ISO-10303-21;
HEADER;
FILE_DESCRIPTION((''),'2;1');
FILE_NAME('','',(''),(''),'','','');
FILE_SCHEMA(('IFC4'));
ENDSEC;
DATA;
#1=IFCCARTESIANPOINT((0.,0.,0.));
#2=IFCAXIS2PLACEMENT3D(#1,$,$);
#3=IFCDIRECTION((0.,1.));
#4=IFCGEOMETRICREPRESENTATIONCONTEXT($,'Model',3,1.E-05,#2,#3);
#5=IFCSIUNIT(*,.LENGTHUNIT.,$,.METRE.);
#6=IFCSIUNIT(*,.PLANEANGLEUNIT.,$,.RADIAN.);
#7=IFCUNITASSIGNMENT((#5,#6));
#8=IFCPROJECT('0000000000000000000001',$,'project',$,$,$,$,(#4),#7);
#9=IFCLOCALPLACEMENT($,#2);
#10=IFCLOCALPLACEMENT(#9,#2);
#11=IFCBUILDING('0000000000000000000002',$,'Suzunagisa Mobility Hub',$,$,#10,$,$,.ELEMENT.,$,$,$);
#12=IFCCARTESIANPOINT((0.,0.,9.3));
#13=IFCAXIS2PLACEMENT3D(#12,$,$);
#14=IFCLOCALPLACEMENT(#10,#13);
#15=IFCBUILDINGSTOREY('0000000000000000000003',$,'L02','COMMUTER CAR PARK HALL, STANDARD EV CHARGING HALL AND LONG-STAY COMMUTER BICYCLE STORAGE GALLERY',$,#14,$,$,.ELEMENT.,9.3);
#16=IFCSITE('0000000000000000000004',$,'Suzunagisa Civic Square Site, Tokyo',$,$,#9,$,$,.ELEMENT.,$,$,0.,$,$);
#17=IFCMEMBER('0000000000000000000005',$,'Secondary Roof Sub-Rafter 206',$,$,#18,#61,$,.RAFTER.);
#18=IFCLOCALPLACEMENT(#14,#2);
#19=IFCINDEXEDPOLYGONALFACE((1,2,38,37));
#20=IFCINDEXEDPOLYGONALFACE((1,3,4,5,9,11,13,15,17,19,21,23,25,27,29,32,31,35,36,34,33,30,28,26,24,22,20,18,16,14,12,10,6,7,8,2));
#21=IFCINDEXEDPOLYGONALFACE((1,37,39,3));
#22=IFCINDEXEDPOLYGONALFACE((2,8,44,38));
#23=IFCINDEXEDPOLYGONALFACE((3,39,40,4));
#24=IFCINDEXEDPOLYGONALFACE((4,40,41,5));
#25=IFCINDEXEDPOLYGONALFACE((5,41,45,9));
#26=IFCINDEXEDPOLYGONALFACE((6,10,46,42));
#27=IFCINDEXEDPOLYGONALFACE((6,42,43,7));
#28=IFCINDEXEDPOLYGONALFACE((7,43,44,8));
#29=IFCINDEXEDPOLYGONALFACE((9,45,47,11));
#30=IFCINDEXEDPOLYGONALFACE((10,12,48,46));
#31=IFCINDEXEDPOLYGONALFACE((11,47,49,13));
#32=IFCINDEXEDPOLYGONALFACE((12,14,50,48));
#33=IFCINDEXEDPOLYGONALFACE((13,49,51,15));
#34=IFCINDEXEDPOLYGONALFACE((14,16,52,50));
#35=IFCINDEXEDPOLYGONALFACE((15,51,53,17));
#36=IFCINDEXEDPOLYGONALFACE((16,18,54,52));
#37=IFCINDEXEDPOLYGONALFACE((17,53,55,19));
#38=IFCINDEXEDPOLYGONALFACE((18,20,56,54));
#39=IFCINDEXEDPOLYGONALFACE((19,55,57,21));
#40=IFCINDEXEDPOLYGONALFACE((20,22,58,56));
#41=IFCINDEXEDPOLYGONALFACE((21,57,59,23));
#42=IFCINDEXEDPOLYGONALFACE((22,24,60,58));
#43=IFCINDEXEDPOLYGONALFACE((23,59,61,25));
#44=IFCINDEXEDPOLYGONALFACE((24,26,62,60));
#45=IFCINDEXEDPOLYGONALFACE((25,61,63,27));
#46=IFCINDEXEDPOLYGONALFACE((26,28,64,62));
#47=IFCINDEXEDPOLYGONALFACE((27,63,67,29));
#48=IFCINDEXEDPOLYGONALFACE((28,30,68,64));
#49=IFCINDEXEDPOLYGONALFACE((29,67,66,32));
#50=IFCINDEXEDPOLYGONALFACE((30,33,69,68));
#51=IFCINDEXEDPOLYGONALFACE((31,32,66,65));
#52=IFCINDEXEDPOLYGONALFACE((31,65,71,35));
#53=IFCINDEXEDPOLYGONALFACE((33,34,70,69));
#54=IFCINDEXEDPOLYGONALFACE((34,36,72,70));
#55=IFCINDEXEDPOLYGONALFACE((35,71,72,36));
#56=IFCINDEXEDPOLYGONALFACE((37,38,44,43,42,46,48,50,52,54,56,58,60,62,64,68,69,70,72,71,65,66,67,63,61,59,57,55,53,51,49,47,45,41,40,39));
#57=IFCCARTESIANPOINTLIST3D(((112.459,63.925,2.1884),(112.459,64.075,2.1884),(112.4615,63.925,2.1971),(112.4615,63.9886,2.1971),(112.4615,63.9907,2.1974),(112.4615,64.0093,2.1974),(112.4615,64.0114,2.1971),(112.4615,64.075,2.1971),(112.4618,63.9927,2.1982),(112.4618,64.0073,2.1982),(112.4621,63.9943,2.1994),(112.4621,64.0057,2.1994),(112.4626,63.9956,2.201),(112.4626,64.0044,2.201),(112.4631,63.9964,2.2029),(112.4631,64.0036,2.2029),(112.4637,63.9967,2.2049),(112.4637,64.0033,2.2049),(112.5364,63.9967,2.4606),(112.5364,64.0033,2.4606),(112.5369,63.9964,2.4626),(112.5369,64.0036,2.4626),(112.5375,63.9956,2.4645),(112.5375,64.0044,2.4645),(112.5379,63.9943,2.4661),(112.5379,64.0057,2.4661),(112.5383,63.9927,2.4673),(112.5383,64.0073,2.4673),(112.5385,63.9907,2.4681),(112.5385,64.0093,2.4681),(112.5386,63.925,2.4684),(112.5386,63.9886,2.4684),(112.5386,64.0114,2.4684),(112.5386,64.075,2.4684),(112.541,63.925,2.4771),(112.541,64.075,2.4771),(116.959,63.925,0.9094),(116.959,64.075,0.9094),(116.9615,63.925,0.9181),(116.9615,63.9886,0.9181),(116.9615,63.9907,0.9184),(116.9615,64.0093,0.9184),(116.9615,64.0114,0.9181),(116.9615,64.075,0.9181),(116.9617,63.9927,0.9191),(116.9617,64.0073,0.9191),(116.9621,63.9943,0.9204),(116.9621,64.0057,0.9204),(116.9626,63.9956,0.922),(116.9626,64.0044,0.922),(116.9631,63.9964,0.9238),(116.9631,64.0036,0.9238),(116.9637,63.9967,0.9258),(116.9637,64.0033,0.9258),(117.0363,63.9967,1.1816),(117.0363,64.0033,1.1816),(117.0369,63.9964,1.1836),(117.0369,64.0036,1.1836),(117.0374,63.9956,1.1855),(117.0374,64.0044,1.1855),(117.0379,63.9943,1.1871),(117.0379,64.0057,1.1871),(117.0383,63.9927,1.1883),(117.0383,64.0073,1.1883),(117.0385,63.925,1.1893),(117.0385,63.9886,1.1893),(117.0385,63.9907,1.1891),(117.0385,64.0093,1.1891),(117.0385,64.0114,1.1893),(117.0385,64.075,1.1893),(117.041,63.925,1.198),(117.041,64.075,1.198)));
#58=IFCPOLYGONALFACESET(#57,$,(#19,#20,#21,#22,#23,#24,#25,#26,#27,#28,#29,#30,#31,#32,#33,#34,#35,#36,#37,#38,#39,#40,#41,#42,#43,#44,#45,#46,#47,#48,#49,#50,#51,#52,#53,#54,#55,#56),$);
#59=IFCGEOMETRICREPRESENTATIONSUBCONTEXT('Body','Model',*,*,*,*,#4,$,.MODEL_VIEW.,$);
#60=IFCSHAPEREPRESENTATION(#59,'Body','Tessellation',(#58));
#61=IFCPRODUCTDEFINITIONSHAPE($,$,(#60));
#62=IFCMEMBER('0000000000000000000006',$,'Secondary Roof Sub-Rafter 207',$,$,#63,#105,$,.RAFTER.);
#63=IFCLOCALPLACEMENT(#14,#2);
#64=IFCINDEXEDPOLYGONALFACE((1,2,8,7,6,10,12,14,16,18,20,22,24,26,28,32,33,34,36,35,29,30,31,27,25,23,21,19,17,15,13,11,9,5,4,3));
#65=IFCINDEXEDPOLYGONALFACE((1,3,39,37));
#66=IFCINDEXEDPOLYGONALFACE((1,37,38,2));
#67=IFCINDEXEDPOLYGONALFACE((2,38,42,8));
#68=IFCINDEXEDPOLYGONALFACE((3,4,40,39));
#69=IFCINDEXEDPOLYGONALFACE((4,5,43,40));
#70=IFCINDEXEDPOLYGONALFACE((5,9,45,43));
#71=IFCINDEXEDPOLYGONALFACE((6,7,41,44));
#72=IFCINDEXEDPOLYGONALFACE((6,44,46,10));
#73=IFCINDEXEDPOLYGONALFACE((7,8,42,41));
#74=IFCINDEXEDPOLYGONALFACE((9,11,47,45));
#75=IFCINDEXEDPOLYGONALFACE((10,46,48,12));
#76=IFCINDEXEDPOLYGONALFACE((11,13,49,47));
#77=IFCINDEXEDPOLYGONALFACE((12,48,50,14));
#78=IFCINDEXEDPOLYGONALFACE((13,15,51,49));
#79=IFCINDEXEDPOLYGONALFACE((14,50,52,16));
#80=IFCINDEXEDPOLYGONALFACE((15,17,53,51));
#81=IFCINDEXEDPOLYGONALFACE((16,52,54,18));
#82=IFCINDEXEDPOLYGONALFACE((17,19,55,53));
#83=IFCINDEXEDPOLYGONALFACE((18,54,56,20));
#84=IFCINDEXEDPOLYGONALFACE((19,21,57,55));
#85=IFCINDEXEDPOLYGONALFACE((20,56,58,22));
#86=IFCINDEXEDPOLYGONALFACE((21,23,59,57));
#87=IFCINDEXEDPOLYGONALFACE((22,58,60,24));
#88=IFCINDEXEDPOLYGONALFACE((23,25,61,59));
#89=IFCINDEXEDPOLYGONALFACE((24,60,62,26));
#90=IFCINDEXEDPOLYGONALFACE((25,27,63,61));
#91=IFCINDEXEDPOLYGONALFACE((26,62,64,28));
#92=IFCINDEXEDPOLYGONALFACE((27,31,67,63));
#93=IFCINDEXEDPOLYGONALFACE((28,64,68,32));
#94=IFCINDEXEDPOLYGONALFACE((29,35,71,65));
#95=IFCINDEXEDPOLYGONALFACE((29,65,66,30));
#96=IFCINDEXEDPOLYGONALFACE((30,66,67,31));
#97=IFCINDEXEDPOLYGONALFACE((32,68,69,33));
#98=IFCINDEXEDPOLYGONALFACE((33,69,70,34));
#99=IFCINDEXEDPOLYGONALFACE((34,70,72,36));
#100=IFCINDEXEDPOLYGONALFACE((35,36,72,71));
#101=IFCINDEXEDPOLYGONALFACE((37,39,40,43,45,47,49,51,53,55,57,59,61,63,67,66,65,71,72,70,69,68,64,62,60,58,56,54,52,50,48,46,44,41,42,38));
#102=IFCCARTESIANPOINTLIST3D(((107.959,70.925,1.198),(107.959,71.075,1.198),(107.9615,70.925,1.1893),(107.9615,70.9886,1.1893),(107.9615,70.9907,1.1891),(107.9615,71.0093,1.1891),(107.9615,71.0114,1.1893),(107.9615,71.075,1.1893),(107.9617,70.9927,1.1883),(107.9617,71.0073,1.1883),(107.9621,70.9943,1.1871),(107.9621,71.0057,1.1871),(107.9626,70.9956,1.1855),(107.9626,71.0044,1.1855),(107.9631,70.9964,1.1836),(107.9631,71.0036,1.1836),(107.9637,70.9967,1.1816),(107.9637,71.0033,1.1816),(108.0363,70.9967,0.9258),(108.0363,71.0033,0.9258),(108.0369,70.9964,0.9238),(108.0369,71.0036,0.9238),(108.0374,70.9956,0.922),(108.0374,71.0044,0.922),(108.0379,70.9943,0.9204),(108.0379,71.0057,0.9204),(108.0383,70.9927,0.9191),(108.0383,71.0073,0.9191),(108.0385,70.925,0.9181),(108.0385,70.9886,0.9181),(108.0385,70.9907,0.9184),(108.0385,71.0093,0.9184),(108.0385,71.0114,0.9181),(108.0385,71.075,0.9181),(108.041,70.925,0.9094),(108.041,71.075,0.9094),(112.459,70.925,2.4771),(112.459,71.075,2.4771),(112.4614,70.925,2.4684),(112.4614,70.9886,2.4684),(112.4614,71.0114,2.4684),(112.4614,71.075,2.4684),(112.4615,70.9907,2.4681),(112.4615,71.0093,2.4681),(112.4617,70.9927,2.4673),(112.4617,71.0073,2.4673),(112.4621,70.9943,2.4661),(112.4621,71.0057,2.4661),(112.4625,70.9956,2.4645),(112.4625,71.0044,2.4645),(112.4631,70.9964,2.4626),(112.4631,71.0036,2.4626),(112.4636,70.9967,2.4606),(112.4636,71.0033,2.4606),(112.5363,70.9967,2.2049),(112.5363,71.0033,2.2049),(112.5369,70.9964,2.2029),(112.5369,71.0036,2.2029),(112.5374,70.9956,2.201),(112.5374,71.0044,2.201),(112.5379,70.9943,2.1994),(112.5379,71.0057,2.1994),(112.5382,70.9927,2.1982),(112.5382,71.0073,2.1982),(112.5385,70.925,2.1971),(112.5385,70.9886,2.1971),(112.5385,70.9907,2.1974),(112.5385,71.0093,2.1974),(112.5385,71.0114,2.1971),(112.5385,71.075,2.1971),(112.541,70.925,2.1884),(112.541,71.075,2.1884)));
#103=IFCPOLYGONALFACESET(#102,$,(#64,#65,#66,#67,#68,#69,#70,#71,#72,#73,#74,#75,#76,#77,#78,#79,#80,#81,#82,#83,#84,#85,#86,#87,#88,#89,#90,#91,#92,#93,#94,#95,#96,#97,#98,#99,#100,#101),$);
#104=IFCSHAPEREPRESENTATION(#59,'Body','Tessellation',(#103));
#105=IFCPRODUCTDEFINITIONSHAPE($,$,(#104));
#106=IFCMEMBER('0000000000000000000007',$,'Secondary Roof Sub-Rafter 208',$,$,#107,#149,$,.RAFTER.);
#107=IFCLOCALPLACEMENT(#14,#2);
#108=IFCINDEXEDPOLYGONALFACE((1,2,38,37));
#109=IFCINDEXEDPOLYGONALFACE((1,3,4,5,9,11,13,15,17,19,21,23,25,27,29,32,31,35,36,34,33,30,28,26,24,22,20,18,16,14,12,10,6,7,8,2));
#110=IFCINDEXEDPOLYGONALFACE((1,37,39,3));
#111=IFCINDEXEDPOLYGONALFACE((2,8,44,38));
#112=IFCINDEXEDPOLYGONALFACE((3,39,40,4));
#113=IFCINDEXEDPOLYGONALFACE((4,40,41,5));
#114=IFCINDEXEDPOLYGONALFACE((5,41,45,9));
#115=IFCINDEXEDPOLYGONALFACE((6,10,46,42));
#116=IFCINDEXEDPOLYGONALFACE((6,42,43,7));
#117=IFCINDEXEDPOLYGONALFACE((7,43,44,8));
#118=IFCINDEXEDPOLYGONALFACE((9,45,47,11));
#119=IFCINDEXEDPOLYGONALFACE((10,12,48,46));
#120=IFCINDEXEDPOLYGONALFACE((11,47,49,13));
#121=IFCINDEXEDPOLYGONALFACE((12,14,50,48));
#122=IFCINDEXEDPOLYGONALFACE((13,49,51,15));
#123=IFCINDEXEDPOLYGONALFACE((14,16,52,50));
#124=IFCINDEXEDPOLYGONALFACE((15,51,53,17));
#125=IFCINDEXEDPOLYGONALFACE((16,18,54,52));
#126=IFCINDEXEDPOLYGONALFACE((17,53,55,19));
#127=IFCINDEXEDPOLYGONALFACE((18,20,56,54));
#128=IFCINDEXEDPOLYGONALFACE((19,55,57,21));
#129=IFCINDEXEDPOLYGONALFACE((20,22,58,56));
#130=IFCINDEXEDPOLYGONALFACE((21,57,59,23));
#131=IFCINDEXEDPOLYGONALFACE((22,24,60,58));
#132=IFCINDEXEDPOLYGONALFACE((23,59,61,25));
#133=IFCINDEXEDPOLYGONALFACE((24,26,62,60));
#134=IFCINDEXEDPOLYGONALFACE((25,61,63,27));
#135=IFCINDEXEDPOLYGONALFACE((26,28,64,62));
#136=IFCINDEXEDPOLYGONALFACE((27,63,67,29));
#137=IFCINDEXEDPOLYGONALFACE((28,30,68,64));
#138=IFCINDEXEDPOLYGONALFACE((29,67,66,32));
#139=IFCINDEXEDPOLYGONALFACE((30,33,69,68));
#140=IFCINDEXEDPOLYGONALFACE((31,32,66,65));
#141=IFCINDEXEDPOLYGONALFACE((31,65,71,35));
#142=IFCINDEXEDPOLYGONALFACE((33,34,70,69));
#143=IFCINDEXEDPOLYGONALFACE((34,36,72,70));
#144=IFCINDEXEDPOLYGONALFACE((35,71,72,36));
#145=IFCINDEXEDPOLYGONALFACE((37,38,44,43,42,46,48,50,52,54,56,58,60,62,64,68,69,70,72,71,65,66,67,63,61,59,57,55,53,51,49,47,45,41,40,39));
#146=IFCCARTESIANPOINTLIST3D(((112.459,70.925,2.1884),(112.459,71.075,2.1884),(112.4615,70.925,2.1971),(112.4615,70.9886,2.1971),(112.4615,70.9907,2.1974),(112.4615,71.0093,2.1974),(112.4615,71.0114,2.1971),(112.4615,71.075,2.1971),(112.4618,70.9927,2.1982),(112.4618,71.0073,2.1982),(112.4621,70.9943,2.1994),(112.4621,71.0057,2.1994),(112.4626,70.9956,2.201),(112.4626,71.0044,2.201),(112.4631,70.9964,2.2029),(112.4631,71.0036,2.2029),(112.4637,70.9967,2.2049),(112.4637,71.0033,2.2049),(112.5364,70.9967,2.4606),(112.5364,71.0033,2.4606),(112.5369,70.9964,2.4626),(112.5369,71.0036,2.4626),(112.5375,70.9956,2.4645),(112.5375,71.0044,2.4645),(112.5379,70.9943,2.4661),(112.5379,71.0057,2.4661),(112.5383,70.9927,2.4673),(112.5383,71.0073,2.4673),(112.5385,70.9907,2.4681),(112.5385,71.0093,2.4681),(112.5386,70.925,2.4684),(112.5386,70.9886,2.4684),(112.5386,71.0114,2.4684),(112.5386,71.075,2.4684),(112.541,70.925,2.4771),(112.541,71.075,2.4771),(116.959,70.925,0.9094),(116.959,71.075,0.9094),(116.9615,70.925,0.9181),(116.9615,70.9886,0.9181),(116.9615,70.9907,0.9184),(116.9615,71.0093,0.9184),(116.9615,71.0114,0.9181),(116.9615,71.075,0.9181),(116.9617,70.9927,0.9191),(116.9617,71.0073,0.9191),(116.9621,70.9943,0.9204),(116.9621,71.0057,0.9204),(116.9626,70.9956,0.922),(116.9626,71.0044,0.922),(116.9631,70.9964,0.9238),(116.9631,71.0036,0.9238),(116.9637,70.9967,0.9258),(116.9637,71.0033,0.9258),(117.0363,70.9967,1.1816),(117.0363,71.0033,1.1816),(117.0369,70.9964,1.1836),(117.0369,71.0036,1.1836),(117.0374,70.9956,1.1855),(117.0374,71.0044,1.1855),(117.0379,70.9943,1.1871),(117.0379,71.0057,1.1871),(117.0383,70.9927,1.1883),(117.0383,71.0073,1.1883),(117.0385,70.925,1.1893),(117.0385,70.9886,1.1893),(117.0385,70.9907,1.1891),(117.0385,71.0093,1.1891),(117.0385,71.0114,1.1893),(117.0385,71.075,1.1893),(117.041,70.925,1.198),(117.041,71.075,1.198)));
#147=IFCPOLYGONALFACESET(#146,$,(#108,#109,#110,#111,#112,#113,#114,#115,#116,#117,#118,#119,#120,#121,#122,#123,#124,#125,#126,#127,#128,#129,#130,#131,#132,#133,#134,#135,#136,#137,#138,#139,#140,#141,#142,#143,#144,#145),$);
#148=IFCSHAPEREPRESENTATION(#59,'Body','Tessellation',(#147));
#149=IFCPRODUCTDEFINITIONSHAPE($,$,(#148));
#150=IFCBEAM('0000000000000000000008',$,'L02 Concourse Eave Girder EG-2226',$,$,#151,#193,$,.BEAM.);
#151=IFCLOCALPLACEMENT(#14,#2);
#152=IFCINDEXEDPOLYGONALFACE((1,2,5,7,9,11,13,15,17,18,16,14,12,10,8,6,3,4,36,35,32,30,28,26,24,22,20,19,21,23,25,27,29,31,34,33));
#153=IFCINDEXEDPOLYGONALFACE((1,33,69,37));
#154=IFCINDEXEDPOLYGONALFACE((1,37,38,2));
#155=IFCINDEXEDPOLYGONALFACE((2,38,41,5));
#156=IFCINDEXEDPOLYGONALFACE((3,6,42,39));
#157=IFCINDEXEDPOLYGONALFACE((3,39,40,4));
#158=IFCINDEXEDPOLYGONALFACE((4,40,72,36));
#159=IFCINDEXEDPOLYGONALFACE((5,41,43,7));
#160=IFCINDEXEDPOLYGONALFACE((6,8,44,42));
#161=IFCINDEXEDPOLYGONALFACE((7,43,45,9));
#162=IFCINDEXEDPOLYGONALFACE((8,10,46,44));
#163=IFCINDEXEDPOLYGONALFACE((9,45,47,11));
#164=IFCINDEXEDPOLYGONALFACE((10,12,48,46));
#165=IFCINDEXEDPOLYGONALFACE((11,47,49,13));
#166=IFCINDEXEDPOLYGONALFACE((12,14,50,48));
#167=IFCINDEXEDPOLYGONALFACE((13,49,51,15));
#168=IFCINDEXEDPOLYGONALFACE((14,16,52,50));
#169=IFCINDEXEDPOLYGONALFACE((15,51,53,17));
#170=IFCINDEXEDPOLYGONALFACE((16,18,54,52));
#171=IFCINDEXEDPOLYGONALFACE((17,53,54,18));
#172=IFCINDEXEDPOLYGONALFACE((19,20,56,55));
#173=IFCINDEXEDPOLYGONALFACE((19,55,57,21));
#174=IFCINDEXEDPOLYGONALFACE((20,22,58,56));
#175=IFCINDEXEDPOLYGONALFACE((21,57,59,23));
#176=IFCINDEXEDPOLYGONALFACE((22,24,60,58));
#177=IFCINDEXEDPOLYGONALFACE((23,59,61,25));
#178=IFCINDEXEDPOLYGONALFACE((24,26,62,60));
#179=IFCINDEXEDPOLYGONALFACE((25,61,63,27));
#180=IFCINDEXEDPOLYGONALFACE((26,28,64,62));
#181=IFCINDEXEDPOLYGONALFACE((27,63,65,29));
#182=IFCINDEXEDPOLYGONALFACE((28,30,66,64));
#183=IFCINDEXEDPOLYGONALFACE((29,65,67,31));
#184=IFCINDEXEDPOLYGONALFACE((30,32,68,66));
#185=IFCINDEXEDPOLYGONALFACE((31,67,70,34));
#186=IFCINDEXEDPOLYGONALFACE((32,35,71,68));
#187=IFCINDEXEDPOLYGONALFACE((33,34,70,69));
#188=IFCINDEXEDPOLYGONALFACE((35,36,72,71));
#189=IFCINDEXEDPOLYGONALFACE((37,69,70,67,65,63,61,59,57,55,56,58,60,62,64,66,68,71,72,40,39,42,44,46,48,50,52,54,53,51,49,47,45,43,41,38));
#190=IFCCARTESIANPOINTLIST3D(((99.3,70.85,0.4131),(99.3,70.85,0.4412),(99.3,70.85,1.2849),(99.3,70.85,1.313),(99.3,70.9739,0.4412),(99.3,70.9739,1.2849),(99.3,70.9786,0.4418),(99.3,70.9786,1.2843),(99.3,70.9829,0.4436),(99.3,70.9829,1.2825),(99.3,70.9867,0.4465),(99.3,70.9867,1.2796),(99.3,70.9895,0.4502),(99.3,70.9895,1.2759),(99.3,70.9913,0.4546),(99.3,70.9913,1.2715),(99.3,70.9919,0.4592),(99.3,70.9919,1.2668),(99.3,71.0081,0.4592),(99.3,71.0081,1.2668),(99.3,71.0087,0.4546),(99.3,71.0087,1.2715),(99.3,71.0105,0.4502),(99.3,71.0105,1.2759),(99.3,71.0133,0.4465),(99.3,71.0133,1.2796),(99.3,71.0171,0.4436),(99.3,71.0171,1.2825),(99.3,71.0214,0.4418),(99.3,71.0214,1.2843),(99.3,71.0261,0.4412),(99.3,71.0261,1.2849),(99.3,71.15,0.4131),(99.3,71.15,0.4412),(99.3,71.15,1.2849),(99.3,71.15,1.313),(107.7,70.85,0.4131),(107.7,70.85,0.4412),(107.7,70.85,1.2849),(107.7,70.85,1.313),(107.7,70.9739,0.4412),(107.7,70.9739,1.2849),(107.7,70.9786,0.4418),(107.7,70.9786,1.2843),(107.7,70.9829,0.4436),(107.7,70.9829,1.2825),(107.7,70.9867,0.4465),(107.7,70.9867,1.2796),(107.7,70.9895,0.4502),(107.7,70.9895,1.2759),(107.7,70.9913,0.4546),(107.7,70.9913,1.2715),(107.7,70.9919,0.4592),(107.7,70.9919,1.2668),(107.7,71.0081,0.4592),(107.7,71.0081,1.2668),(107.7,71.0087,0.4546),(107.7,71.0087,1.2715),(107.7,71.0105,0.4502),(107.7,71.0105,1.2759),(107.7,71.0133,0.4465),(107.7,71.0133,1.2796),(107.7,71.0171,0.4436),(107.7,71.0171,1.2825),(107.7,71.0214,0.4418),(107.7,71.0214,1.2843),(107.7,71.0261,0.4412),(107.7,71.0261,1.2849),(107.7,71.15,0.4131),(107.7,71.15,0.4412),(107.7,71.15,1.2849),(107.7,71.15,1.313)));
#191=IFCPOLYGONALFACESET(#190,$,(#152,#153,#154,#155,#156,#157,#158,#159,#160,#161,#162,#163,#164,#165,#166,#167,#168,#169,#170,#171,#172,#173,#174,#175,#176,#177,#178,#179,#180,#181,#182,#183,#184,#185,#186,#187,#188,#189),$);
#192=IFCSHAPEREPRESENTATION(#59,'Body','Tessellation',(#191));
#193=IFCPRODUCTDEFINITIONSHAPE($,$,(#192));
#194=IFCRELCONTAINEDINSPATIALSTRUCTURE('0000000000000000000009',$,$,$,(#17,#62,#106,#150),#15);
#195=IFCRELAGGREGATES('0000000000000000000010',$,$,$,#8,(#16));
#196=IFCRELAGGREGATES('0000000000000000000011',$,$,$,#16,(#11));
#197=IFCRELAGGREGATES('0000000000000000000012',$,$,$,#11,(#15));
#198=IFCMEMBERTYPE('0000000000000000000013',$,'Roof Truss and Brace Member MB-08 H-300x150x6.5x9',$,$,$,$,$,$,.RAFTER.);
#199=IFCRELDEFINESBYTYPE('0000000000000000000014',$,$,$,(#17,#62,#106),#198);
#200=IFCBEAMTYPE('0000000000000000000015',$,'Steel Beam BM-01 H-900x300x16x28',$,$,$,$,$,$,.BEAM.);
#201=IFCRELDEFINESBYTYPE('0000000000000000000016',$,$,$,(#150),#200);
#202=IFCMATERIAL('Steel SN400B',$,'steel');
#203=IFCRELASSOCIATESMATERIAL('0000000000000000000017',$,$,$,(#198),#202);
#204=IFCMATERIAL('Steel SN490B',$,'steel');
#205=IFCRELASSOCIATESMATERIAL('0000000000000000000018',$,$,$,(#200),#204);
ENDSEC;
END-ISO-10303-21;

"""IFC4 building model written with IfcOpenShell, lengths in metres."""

from ifc_helpers import new_model, si_unit, direction, frame, origin, origin_2d, place, context, subcontext, project, spatial, i_section, extrude, material, material_profile, profile_set, type_object, element, save


model = new_model("IFC4")

# Units and contexts
model_context = context("Model", 3, precision=1e-05, world=origin(), true_north=direction((0.0, 1.0)))
body_context = subcontext(model_context, "Body", "Model", "MODEL_VIEW")
ifc_project = project(units=[si_unit("LENGTHUNIT", "METRE"), si_unit("PLANEANGLEUNIT", "RADIAN")], contexts=[model_context])

# Site, building, storey
site_placement = place(None, origin())
site = spatial("IfcSite", under=ifc_project, at=site_placement, Name="Suzunagisa Civic Square Site, Tokyo", CompositionType="ELEMENT", RefElevation=0.0)
building_placement = place(site_placement, origin())
building = spatial("IfcBuilding", under=site, at=building_placement, Name="Suzunagisa Mobility Hub", CompositionType="ELEMENT")
storey_placement = place(building_placement, frame((0.0, 0.0, 9.3)))
storey = spatial("IfcBuildingStorey", under=building, at=storey_placement, Name="L02", Description="COMMUTER CAR PARK HALL, STANDARD EV CHARGING HALL AND LONG-STAY COMMUTER BICYCLE STORAGE GALLERY", CompositionType="ELEMENT", Elevation=9.3)

# Shared definitions
ifc_material_1 = material(Name="Steel SN490B", Category="steel")

# Members
ifc_material_2 = material(Name="Steel SN400B", Category="steel")
ifc_material_profile_1 = material_profile(ifc_material_2, i_section(OverallWidth=0.1499, OverallDepth=0.3, WebThickness=0.0066, FlangeThickness=0.009, FilletRadius=0.0081, at=origin_2d()), Name="H-300x150x6.5x9")
ifc_profile_set_1 = profile_set([ifc_material_profile_1], Name="Steel SN400B")
member_type_1 = type_object("IfcMemberType", Name="Roof Truss and Brace Member MB-08 H-300x150x6.5x9", PredefinedType="RAFTER", material=ifc_profile_set_1)
for number, where, z_axis, x_axis, name in (
    (1, (117.0, 64.0, 1.0537), (-0.961899, 0.0, 0.273404), (0.0, -1.0, 0.0), "Secondary Roof Sub-Rafter 206"),
    (2, (108.0, 71.0, 1.0537), (0.961899, 0.0, 0.273404), (0.0, 1.0, 0.0), "Secondary Roof Sub-Rafter 207"),
    (3, (117.0, 71.0, 1.0537), (-0.961899, 0.0, 0.273404), (0.0, -1.0, 0.0), "Secondary Roof Sub-Rafter 208"),
):
    element("IfcMember", number, at=place(storey_placement, frame(where, z_axis=z_axis, x_axis=x_axis)), inside=storey, type_object=member_type_1, Name=name, PredefinedType="RAFTER", context=body_context, shape_type="SweptSolid", body=[
        extrude(i_section(OverallWidth=0.1499, OverallDepth=0.3, WebThickness=0.0066, FlangeThickness=0.009, FilletRadius=0.0081, at=origin_2d()), origin(), (0.0, 0.0, 1.0), 4.6782),
    ])

# Beam
ifc_material_profile_2 = material_profile(ifc_material_1, i_section(OverallWidth=0.3, OverallDepth=0.8999, WebThickness=0.0161, FlangeThickness=0.0281, FilletRadius=0.0181, at=origin_2d()), Name="H-900x300x16x28")
ifc_profile_set_2 = profile_set([ifc_material_profile_2], Name="Steel SN490B")
beam_type = type_object("IfcBeamType", Name="Steel Beam BM-01 H-900x300x16x28", PredefinedType="BEAM", material=ifc_profile_set_2)
for number, where, z_axis, x_axis, name in (
    (4, (99.3, 71.0, 0.863), (1.0, 0.0, 0.0), (0.0, 1.0, 0.0), "L02 Concourse Eave Girder EG-2226"),
):
    element("IfcBeam", number, at=place(storey_placement, frame(where, z_axis=z_axis, x_axis=x_axis)), inside=storey, type_object=beam_type, Name=name, PredefinedType="BEAM", context=body_context, shape_type="SweptSolid", body=[
        extrude(i_section(OverallWidth=0.3, OverallDepth=0.8999, WebThickness=0.0161, FlangeThickness=0.0281, FilletRadius=0.0181, at=origin_2d()), origin(), (0.0, 0.0, 1.0), 8.3999),
    ])

save(model, "model.ifc")
